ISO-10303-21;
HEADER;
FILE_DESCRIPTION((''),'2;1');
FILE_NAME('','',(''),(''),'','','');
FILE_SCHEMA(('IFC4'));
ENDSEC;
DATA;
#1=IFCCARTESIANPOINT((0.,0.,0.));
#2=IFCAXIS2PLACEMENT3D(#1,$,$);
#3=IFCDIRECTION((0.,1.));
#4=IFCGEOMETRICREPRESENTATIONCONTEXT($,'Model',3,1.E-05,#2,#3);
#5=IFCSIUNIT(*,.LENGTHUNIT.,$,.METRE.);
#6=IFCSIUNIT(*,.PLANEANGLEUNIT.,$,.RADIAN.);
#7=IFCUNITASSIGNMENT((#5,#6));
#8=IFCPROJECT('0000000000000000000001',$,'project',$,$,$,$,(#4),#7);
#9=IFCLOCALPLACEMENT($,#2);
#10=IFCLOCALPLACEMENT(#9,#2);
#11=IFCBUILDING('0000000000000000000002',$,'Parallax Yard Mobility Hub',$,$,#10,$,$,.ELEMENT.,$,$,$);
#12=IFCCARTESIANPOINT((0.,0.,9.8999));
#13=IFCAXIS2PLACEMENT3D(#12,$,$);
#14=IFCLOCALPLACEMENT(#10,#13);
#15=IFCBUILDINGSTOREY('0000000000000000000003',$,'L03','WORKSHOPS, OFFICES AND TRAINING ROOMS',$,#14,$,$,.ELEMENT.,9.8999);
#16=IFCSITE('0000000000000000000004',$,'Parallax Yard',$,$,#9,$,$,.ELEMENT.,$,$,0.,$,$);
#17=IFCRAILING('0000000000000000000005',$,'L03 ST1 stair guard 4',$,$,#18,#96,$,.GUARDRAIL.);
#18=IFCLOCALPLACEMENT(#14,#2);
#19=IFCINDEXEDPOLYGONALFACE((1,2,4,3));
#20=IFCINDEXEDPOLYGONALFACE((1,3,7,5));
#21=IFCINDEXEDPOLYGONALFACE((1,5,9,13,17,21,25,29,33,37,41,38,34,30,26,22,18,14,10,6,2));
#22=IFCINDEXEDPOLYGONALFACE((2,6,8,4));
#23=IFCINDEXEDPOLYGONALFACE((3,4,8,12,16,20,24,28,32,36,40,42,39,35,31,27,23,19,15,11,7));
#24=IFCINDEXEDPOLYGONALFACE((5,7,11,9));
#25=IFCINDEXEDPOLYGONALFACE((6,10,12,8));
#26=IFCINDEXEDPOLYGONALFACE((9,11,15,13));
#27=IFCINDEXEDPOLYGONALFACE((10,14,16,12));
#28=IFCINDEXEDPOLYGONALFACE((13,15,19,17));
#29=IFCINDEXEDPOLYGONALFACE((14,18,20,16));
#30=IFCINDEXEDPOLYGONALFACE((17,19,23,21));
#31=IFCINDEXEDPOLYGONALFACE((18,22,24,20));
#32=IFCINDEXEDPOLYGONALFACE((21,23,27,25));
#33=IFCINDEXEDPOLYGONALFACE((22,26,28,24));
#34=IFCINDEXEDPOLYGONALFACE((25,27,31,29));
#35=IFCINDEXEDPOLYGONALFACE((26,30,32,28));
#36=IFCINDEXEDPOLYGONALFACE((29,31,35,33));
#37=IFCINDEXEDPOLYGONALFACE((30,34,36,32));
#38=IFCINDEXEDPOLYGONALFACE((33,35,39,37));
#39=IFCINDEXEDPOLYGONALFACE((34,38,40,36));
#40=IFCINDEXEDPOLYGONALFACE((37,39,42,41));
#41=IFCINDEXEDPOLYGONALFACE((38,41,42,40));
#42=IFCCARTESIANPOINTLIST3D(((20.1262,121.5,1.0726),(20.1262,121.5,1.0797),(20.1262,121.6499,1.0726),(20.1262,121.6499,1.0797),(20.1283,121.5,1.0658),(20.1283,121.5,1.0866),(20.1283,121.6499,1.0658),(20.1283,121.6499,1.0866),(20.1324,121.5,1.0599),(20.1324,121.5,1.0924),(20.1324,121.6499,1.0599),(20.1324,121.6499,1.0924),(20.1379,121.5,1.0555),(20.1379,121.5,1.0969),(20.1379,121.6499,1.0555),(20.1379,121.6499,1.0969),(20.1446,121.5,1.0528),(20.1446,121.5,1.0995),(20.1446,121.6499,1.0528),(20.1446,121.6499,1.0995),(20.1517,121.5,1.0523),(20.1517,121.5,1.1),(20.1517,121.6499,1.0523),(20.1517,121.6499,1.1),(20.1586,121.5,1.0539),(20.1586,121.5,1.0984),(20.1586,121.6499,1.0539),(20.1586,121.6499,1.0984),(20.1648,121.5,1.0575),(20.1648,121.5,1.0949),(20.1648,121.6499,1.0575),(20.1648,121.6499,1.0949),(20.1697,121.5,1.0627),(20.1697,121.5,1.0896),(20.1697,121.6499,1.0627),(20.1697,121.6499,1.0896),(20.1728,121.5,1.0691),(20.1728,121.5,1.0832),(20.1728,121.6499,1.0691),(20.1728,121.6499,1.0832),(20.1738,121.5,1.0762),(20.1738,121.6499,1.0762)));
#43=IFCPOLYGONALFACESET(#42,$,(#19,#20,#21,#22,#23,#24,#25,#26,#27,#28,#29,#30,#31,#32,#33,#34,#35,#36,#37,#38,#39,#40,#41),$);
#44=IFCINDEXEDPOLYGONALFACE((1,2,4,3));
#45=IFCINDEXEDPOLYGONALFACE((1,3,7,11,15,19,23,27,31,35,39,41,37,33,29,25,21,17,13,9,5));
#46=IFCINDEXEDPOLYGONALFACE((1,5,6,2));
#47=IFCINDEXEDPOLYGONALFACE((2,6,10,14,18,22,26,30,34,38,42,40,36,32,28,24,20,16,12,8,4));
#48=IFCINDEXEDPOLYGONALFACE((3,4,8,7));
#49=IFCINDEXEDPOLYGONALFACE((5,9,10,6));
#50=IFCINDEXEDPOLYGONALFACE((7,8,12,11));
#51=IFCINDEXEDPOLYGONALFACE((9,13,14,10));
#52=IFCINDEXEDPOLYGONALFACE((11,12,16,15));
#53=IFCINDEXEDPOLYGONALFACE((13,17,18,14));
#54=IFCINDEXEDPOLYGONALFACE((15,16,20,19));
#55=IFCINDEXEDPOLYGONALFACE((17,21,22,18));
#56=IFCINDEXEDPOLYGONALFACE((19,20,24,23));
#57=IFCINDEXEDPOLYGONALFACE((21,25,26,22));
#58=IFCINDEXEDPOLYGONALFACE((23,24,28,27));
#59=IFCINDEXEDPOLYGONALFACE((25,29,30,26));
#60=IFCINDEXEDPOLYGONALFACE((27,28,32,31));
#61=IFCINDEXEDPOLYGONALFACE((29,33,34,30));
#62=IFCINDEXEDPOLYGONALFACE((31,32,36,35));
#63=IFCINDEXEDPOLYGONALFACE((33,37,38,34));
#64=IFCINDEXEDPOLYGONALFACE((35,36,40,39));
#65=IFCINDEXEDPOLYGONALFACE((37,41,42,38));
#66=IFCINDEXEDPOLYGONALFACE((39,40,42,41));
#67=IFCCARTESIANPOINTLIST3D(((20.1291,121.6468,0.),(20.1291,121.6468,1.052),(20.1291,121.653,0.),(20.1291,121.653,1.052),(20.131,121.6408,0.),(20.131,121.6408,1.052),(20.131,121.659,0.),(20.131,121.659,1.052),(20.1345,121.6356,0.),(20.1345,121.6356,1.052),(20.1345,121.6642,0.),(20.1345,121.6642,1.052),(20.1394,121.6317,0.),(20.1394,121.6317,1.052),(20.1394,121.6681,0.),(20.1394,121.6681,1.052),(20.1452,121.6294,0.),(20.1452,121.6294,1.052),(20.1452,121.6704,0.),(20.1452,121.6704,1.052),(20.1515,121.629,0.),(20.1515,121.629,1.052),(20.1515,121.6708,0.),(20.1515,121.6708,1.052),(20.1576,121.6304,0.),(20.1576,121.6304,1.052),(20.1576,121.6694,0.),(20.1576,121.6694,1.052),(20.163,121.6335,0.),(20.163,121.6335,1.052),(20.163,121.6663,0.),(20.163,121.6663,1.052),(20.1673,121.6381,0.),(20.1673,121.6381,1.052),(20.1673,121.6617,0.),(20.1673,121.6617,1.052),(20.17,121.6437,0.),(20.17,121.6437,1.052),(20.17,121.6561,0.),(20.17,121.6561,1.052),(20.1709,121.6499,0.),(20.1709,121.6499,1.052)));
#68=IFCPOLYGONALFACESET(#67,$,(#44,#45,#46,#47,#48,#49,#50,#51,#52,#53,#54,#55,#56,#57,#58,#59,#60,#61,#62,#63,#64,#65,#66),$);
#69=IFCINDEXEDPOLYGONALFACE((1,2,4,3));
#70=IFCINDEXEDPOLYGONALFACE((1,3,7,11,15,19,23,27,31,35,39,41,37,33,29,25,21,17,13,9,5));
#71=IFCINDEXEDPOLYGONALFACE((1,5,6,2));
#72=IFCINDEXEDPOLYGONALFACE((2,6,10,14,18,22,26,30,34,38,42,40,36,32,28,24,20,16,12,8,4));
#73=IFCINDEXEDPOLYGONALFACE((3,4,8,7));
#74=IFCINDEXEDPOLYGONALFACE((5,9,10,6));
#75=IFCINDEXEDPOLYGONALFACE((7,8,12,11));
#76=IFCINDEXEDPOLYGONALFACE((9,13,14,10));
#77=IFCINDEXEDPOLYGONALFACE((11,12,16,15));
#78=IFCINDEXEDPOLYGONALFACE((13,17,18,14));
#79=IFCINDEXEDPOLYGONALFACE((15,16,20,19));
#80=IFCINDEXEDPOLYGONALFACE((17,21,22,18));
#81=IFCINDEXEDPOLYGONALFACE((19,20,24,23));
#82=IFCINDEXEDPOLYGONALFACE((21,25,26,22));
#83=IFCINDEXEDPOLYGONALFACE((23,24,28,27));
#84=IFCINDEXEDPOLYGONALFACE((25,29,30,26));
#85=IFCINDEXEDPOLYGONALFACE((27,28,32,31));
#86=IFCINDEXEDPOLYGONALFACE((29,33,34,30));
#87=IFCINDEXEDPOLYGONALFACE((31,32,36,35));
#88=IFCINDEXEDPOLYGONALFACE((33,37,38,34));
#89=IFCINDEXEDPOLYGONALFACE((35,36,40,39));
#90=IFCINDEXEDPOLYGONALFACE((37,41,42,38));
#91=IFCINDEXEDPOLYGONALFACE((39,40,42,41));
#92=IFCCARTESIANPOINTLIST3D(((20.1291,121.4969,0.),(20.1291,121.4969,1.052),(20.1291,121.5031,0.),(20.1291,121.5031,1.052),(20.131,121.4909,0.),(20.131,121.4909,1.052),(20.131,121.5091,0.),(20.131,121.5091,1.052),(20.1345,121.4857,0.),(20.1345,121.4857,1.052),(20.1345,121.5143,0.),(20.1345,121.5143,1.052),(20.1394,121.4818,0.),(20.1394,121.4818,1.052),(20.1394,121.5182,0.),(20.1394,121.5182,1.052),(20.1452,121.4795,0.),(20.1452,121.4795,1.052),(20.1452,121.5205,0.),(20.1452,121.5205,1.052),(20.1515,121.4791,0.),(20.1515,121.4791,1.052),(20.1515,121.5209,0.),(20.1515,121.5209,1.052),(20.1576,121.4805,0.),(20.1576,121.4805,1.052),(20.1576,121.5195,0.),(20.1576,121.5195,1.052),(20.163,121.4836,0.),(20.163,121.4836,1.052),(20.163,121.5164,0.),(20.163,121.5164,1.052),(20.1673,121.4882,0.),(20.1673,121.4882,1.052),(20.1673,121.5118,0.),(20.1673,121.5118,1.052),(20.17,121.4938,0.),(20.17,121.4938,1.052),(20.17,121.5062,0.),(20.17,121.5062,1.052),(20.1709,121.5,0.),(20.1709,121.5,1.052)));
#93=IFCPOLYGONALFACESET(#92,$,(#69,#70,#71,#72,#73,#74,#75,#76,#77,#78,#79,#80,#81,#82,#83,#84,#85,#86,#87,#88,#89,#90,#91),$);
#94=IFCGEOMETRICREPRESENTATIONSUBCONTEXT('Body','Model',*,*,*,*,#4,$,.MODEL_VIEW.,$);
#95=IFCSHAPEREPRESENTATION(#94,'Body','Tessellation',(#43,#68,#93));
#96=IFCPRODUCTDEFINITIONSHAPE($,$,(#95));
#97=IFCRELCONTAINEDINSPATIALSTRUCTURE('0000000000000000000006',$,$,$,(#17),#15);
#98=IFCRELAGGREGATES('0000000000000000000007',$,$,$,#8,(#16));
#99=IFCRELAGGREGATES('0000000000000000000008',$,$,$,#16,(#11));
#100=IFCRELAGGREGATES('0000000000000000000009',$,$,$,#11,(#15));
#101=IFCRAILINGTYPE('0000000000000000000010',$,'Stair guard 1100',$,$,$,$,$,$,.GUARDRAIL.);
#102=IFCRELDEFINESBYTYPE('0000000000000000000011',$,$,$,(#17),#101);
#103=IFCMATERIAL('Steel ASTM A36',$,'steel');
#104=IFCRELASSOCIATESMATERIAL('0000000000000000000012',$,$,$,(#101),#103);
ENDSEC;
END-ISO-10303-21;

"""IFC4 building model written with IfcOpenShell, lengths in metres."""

from ifc_helpers import new_model, si_unit, direction, frame, origin, origin_2d, place, context, subcontext, project, spatial, circle, extrude, material, type_object, element, save


model = new_model("IFC4")

# Units and contexts
model_context = context("Model", 3, precision=1e-05, world=origin(), true_north=direction((0.0, 1.0)))
body_context = subcontext(model_context, "Body", "Model", "MODEL_VIEW")
ifc_project = project(units=[si_unit("LENGTHUNIT", "METRE"), si_unit("PLANEANGLEUNIT", "RADIAN")], contexts=[model_context])

# Site, building, storey
site_placement = place(None, origin())
site = spatial("IfcSite", under=ifc_project, at=site_placement, Name="Parallax Yard", CompositionType="ELEMENT", RefElevation=0.0)
building_placement = place(site_placement, origin())
building = spatial("IfcBuilding", under=site, at=building_placement, Name="Parallax Yard Mobility Hub", CompositionType="ELEMENT")
storey_placement = place(building_placement, frame((0.0, 0.0, 9.8999)))
storey = spatial("IfcBuildingStorey", under=building, at=storey_placement, Name="L03", Description="WORKSHOPS, OFFICES AND TRAINING ROOMS", CompositionType="ELEMENT", Elevation=9.8999)

# Railing
ifc_material_1 = material(Name="Steel ASTM A36", Category="steel")
railing_type_1 = type_object("IfcRailingType", Name="Stair guard 1100", PredefinedType="GUARDRAIL", material=ifc_material_1)
railing_1_placement = place(storey_placement, frame((20.1499, 121.6499, 0.0)))
element("IfcRailing", 1, at=railing_1_placement, inside=storey, type_object=railing_type_1, Name="L03 ST1 stair guard 4", PredefinedType="GUARDRAIL", context=body_context, shape_type="SweptSolid", body=[
    extrude(circle(Radius=0.0239, at=origin_2d()), frame((0.0, 0.0, 1.0762), z_axis=(0.0, -1.0, 0.0), x_axis=(1.0, 0.0, 0.0)), (0.0, 0.0, 1.0), 0.1499),
    extrude(circle(Radius=0.021, at=origin_2d()), origin(), (0.0, 0.0, 1.0), 1.052),
    extrude(circle(Radius=0.021, at=origin_2d()), frame((0.0, -0.1499, 0.0)), (0.0, 0.0, 1.0), 1.052),
])

save(model, "model.ifc")
